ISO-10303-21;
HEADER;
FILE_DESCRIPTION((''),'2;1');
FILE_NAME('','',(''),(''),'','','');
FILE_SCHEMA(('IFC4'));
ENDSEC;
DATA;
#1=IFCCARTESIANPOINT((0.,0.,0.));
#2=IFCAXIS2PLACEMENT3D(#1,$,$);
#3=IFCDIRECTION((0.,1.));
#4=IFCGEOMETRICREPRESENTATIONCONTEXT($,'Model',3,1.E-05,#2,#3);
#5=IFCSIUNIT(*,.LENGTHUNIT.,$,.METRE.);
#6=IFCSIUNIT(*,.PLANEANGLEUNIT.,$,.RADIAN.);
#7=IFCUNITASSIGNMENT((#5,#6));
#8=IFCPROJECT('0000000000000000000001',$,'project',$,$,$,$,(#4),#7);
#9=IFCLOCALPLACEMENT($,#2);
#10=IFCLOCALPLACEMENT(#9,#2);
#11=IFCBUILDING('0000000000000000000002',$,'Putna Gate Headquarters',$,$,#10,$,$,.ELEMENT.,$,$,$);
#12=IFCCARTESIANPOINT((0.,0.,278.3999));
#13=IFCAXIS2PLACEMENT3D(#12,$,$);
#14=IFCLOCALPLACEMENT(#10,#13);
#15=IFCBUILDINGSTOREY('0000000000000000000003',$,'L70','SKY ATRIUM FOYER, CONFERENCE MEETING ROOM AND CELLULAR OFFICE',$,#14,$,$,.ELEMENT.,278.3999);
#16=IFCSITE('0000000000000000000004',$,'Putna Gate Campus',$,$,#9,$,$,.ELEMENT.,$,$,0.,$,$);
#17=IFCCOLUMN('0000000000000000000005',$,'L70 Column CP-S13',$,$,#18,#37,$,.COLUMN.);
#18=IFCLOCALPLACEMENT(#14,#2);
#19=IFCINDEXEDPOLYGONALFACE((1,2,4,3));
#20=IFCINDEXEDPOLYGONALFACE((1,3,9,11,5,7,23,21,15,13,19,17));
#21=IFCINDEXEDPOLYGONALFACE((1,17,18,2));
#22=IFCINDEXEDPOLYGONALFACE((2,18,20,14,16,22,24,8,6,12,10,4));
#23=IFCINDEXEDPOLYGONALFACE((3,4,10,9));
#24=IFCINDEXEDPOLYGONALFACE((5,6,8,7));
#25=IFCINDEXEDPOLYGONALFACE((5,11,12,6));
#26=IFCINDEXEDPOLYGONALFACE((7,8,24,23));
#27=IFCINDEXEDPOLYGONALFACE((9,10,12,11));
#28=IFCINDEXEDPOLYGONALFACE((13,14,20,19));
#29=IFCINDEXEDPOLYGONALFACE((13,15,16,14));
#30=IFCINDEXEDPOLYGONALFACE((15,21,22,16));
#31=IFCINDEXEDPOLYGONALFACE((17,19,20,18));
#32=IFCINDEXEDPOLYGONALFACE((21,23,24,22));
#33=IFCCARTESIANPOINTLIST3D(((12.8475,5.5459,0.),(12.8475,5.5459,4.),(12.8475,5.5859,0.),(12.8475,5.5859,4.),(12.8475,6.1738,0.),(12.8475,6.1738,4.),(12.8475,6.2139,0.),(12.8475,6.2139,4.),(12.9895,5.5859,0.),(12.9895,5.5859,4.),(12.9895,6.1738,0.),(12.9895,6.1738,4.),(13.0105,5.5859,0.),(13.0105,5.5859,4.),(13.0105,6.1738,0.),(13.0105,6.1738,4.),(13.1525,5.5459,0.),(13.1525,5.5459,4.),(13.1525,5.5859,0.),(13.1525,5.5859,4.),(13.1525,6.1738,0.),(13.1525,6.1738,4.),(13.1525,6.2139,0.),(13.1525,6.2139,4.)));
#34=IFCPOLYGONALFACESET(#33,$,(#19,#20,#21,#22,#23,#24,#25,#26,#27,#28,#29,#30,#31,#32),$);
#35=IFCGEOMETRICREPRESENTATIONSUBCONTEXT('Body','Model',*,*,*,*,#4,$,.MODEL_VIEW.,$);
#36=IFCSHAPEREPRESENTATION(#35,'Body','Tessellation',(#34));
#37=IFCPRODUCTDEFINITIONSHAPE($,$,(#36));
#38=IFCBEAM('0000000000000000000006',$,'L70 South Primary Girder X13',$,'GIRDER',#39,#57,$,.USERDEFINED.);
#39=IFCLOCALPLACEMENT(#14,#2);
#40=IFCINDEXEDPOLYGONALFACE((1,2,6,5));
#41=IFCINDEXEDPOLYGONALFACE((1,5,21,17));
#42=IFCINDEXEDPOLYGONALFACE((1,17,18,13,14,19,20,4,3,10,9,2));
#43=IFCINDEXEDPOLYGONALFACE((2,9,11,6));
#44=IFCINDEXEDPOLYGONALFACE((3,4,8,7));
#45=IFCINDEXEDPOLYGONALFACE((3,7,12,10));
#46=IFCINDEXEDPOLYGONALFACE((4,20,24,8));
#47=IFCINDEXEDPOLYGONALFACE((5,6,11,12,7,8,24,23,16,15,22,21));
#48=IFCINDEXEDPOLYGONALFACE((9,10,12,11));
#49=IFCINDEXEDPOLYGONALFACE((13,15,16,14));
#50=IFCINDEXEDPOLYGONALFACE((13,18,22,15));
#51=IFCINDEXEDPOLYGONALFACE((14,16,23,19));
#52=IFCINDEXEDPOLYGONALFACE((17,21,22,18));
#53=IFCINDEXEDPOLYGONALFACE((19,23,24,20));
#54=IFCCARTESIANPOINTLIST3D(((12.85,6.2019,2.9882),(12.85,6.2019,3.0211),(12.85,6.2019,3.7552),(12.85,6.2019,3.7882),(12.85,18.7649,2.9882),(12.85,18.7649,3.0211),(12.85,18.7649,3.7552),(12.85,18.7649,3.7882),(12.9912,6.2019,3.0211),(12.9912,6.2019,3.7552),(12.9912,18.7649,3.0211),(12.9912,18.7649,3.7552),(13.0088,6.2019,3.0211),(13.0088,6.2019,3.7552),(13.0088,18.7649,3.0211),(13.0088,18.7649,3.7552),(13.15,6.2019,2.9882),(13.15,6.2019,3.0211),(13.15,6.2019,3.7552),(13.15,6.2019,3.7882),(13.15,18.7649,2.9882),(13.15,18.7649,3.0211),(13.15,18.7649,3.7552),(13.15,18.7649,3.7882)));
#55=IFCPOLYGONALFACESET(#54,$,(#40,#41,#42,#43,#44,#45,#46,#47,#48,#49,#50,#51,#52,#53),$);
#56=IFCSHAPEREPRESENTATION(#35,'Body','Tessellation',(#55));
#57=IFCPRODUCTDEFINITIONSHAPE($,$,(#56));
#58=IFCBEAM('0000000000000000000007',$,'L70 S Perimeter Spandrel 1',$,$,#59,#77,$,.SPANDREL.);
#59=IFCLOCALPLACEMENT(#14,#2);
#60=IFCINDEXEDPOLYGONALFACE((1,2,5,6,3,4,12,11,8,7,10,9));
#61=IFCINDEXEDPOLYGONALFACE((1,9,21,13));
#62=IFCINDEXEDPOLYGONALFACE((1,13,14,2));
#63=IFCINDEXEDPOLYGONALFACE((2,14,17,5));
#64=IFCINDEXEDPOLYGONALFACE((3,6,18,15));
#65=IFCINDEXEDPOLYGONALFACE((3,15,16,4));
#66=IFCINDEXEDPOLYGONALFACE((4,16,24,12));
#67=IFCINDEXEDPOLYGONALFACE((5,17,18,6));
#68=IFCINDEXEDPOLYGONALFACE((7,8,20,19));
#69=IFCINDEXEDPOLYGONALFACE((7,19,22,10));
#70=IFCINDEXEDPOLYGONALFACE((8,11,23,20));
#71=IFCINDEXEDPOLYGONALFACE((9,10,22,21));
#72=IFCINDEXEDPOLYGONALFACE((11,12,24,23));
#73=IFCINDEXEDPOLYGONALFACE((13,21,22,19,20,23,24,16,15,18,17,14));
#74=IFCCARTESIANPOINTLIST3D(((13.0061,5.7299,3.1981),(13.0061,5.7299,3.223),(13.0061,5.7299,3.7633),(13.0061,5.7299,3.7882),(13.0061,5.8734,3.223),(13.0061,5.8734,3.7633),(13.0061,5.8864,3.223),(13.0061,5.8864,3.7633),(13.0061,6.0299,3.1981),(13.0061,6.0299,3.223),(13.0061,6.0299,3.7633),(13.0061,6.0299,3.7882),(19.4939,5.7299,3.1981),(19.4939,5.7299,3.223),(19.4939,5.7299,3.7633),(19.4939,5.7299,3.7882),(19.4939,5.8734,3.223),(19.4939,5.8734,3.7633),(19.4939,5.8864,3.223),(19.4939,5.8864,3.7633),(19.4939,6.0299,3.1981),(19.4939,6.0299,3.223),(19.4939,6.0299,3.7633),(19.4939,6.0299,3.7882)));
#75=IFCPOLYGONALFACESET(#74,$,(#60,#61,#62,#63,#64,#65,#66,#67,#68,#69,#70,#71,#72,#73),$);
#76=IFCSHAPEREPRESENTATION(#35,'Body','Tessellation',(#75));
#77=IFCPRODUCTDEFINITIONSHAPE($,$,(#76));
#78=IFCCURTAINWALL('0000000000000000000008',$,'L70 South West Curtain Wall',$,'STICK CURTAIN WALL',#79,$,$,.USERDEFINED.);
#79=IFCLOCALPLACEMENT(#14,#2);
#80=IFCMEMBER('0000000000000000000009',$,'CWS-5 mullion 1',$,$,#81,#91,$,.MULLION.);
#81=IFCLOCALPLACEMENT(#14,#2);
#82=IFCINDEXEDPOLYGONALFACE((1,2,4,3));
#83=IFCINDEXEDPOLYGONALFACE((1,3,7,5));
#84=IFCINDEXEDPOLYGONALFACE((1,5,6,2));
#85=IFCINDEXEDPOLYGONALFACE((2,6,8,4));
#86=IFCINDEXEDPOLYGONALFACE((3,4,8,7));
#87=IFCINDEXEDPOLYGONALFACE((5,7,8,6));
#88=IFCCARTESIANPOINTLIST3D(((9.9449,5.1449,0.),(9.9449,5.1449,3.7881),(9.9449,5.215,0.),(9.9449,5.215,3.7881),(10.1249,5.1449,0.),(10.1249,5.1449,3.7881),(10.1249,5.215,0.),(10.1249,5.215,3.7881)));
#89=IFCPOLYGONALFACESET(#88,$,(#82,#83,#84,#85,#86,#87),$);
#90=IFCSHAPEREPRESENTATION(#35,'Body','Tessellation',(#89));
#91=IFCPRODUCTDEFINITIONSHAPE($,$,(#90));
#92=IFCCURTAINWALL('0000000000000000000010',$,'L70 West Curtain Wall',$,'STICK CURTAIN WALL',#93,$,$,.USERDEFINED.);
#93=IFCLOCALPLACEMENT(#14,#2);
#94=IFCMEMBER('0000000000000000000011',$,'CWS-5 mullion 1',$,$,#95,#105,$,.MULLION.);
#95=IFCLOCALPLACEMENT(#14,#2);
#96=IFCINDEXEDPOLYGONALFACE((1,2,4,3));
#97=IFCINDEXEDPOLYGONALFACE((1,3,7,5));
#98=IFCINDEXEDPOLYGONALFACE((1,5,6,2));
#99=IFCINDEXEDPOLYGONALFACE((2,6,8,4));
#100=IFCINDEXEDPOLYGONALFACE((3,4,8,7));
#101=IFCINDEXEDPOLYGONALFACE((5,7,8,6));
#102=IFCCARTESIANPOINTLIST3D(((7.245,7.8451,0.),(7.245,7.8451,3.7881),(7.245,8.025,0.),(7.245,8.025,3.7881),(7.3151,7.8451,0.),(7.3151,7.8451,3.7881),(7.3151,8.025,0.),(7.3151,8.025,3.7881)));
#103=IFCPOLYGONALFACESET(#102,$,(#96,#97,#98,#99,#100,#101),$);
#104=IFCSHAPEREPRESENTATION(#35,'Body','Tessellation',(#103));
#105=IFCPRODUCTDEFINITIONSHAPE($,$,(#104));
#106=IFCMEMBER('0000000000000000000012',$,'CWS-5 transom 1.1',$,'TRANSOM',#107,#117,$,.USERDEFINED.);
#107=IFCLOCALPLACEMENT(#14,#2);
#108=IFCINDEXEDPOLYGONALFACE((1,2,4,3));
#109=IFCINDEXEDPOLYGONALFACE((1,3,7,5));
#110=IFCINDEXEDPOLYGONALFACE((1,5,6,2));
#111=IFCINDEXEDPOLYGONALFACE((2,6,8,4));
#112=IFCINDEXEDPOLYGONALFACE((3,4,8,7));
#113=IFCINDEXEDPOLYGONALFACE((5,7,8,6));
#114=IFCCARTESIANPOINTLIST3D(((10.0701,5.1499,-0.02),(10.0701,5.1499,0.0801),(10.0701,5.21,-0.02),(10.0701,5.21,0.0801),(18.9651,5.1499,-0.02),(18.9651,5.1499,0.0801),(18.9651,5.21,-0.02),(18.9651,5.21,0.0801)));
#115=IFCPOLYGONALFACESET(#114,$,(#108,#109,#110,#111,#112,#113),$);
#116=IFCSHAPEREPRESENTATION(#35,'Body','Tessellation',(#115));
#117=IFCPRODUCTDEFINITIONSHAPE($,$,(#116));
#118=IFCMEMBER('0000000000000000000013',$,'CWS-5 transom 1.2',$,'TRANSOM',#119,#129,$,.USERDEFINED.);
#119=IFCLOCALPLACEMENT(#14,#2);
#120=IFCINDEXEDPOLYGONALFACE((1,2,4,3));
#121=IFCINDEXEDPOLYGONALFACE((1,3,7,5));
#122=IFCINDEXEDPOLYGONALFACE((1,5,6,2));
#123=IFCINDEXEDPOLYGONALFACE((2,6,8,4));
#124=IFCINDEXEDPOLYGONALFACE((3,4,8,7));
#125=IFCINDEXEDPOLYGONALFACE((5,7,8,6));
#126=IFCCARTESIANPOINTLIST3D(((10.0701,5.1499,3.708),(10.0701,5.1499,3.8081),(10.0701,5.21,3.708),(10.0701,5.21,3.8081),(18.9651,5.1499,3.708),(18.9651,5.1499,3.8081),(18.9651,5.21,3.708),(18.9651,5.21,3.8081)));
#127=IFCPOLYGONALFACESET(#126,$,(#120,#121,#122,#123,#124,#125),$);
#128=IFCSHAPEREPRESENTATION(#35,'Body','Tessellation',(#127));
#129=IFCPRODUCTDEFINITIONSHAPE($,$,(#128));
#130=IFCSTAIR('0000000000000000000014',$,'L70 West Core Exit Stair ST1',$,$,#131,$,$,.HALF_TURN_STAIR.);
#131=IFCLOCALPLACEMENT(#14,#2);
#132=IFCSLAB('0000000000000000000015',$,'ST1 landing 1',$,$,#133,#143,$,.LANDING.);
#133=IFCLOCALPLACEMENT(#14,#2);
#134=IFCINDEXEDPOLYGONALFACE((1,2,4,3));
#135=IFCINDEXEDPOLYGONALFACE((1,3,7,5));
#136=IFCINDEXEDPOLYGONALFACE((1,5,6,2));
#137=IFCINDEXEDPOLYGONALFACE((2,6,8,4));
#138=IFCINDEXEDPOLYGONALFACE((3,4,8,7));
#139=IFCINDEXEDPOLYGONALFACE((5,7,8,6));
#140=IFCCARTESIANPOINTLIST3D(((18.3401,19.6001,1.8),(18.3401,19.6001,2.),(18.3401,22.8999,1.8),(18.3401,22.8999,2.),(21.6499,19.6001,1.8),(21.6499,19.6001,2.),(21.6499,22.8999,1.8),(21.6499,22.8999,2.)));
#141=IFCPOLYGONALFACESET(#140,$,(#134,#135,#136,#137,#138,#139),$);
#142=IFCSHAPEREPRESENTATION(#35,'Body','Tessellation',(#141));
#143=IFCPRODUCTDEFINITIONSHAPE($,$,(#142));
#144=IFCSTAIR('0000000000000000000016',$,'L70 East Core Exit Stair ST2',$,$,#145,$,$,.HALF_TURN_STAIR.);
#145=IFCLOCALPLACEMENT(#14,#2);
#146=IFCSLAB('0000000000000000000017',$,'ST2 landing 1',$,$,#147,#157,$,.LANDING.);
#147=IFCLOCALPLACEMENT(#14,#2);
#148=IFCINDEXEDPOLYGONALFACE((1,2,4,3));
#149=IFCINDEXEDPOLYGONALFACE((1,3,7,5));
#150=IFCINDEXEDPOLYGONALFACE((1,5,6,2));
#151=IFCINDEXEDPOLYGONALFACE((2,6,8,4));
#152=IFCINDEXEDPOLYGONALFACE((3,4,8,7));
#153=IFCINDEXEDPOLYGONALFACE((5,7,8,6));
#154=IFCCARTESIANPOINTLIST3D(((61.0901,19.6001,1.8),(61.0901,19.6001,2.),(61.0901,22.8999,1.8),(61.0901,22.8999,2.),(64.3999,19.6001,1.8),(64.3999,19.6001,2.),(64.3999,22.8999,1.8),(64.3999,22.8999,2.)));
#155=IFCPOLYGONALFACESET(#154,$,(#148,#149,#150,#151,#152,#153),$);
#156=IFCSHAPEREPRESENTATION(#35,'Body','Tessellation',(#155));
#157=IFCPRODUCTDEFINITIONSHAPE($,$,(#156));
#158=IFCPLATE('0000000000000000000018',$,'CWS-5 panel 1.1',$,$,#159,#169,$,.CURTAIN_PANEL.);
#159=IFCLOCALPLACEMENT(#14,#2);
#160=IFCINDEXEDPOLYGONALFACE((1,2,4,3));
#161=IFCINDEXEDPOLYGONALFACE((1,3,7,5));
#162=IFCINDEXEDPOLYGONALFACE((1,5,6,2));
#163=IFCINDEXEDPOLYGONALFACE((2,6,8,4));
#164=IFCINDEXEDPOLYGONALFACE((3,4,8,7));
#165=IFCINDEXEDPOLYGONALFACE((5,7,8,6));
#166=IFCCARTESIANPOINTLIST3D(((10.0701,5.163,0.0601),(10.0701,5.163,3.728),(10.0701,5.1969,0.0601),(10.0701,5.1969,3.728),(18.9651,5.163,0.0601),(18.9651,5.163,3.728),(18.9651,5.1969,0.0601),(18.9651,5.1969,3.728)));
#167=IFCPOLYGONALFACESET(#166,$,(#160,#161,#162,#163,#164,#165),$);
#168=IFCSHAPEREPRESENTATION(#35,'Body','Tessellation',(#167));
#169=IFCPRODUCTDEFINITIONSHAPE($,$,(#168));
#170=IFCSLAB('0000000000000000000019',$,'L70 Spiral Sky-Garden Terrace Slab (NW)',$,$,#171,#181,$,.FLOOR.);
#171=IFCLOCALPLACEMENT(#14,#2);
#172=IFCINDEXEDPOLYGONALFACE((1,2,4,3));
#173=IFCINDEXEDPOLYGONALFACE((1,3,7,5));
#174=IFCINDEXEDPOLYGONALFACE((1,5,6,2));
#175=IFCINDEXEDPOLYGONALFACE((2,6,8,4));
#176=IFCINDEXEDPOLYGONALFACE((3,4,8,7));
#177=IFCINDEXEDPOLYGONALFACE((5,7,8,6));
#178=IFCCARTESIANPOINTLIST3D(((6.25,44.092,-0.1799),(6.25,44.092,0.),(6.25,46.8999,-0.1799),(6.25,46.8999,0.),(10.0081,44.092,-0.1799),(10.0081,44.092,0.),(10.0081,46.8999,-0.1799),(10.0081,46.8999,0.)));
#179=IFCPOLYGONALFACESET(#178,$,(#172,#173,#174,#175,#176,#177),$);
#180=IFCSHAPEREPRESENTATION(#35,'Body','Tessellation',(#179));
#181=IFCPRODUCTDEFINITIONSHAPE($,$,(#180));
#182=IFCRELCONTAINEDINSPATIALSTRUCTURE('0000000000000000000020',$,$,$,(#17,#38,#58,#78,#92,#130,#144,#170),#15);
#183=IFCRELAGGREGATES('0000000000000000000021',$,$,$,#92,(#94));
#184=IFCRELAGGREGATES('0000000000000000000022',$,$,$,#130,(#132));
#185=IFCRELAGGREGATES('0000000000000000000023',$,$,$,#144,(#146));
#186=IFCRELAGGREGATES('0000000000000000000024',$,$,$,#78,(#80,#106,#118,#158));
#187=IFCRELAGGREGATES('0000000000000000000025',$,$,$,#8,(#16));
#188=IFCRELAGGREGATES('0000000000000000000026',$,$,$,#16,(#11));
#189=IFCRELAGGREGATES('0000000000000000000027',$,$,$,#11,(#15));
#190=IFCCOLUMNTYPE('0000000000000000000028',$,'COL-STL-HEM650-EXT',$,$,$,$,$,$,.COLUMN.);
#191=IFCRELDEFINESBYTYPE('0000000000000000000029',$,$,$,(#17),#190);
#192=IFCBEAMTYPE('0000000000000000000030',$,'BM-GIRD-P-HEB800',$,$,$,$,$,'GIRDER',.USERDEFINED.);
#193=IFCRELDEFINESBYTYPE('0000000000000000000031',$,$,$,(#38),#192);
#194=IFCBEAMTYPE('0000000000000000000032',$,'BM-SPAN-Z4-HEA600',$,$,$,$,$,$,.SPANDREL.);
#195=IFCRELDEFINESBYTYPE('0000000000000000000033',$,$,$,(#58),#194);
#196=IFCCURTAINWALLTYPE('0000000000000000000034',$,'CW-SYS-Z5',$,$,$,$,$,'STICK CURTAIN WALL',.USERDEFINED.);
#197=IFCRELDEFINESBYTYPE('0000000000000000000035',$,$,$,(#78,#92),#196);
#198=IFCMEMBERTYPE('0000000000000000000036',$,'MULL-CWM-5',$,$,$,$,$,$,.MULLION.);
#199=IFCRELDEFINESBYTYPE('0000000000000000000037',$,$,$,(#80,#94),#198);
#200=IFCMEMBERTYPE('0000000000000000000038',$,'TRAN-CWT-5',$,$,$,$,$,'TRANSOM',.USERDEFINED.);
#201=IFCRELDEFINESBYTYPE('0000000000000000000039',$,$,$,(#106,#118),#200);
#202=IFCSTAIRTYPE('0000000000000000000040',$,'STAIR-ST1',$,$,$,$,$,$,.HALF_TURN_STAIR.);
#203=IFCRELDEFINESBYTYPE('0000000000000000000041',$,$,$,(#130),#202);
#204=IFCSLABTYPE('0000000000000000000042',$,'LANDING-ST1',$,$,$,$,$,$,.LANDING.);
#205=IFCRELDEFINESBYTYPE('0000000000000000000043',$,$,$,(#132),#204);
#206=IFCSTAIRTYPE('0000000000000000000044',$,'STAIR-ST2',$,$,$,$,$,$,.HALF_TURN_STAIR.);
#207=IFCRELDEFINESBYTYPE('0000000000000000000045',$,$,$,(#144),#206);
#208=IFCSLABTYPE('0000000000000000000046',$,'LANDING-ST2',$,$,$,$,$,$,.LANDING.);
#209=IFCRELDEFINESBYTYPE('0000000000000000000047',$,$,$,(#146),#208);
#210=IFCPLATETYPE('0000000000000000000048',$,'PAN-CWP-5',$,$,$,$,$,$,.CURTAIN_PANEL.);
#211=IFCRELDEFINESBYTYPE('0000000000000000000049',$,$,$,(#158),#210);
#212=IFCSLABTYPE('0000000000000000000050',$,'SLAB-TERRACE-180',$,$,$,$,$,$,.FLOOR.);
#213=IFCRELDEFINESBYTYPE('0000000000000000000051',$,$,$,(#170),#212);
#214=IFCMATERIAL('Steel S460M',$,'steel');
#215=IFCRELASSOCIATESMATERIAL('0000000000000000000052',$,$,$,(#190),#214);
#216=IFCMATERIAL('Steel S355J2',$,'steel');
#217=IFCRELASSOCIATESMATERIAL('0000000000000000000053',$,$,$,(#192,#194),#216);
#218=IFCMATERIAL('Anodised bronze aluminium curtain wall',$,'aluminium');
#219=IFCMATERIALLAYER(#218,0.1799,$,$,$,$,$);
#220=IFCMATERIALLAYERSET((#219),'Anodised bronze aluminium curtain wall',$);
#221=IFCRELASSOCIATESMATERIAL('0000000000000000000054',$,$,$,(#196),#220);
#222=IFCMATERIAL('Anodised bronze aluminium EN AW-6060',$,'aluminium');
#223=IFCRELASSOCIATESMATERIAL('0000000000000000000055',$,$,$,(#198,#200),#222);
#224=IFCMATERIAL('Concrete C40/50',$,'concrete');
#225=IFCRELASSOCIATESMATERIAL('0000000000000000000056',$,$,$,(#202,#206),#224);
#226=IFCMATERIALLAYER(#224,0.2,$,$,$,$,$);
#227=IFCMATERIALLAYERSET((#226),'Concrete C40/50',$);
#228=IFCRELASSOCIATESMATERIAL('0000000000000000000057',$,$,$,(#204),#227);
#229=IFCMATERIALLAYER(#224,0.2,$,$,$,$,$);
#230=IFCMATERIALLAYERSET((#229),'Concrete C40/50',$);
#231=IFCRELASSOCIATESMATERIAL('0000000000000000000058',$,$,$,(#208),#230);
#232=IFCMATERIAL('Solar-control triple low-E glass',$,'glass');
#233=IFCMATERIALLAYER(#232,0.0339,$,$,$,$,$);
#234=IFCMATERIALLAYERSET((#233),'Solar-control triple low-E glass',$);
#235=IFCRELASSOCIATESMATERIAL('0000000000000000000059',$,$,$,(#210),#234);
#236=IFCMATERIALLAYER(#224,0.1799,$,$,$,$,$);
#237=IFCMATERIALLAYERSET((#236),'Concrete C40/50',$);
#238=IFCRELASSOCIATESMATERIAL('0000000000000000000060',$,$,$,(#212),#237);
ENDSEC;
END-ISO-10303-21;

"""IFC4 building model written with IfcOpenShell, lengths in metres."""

from ifc_helpers import new_model, si_unit, direction, frame, origin, origin_2d, place, context, subcontext, project, spatial, polyline, rectangle, i_section, outline, extrude, material, layer, layer_set, material_profile, profile_set, type_object, element, aggregate, save


model = new_model("IFC4")

# Units and contexts
model_context = context("Model", 3, precision=1e-05, world=origin(), true_north=direction((0.0, 1.0)))
body_context = subcontext(model_context, "Body", "Model", "MODEL_VIEW")
ifc_project = project(units=[si_unit("LENGTHUNIT", "METRE"), si_unit("PLANEANGLEUNIT", "RADIAN")], contexts=[model_context])

# Site, building, storey
site_placement = place(None, origin())
site = spatial("IfcSite", under=ifc_project, at=site_placement, Name="Putna Gate Campus", CompositionType="ELEMENT", RefElevation=0.0)
building_placement = place(site_placement, origin())
building = spatial("IfcBuilding", under=site, at=building_placement, Name="Putna Gate Headquarters", CompositionType="ELEMENT")
storey_placement = place(building_placement, frame((0.0, 0.0, 278.3999)))
storey = spatial("IfcBuildingStorey", under=building, at=storey_placement, Name="L70", Description="SKY ATRIUM FOYER, CONFERENCE MEETING ROOM AND CELLULAR OFFICE", CompositionType="ELEMENT", Elevation=278.3999)

# Column
ifc_material_1 = material(Name="Steel S460M", Category="steel")
ifc_material_profile_1 = material_profile(ifc_material_1, i_section(OverallWidth=0.3049, OverallDepth=0.668, WebThickness=0.021, FlangeThickness=0.04, at=origin_2d()), Name="Steel S460M")
ifc_profile_set_1 = profile_set([ifc_material_profile_1], Name="Steel S460M")
column_type = type_object("IfcColumnType", Name="COL-STL-HEM650-EXT", PredefinedType="COLUMN", material=ifc_profile_set_1)
column_placement = place(storey_placement, frame((13.0, 5.8799, 0.0), z_axis=(0.0, 0.0, 1.0), x_axis=(1.0, 0.0, 0.0)))
element("IfcColumn", 1, at=column_placement, inside=storey, type_object=column_type, Name="L70 Column CP-S13", PredefinedType="COLUMN", context=body_context, shape_type="SweptSolid", body=[
    extrude(i_section(OverallWidth=0.3049, OverallDepth=0.668, WebThickness=0.021, FlangeThickness=0.04, at=origin_2d()), origin(), (0.0, 0.0, 1.0), 4.0),
])

# Beams
ifc_material_2 = material(Name="Steel S355J2", Category="steel")
ifc_material_profile_2 = material_profile(ifc_material_2, i_section(OverallWidth=0.3, OverallDepth=0.8, WebThickness=0.0176, FlangeThickness=0.033, at=origin_2d()), Name="Steel S355J2")
ifc_profile_set_2 = profile_set([ifc_material_profile_2], Name="Steel S355J2")
beam_type_1 = type_object("IfcBeamType", Name="BM-GIRD-P-HEB800", ElementType="GIRDER", PredefinedType="USERDEFINED", material=ifc_profile_set_2)
beam_1_placement = place(storey_placement, frame((13.0, 6.2019, 3.3882), z_axis=(0.0, 1.0, 0.0), x_axis=(-1.0, 0.0, 0.0)))
element("IfcBeam", 2, at=beam_1_placement, inside=storey, type_object=beam_type_1, Name="L70 South Primary Girder X13", ObjectType="GIRDER", PredefinedType="USERDEFINED", context=body_context, shape_type="SweptSolid", body=[
    extrude(i_section(OverallWidth=0.3, OverallDepth=0.8, WebThickness=0.0176, FlangeThickness=0.033, at=origin_2d()), origin(), (0.0, 0.0, 1.0), 12.563),
])
ifc_material_profile_3 = material_profile(ifc_material_2, i_section(OverallWidth=0.3, OverallDepth=0.5901, WebThickness=0.0129, FlangeThickness=0.0249, at=origin_2d()), Name="Steel S355J2")
ifc_profile_set_3 = profile_set([ifc_material_profile_3], Name="Steel S355J2")
beam_type_2 = type_object("IfcBeamType", Name="BM-SPAN-Z4-HEA600", PredefinedType="SPANDREL", material=ifc_profile_set_3)
beam_2_placement = place(storey_placement, frame((13.0061, 5.8799, 3.4932), z_axis=(1.0, 0.0, 0.0), x_axis=(0.0, 1.0, 0.0)))
element("IfcBeam", 3, at=beam_2_placement, inside=storey, type_object=beam_type_2, Name="L70 S Perimeter Spandrel 1", PredefinedType="SPANDREL", context=body_context, shape_type="SweptSolid", body=[
    extrude(i_section(OverallWidth=0.3, OverallDepth=0.5901, WebThickness=0.0129, FlangeThickness=0.0249, at=origin_2d()), origin(), (0.0, 0.0, 1.0), 6.4878),
])

# Curtain walls, members
ifc_material_3 = material(Name="Anodised bronze aluminium curtain wall", Category="aluminium")
ifc_layer_1 = layer(ifc_material_3, 0.1799)
ifc_layer_set_1 = layer_set([ifc_layer_1], Name="Anodised bronze aluminium curtain wall")
curtain_wall_type = type_object("IfcCurtainWallType", Name="CW-SYS-Z5", ElementType="STICK CURTAIN WALL", PredefinedType="USERDEFINED", material=ifc_layer_set_1)
curtain_wall_1_placement = place(storey_placement, origin())
curtain_wall_1 = element("IfcCurtainWall", 4, at=curtain_wall_1_placement, inside=storey, type_object=curtain_wall_type, Name="L70 South West Curtain Wall", ObjectType="STICK CURTAIN WALL", PredefinedType="USERDEFINED")
ifc_material_4 = material(Name="Anodised bronze aluminium EN AW-6060", Category="aluminium")
ifc_material_profile_4 = material_profile(ifc_material_4, rectangle(XDim=0.0701, YDim=0.1799, at=origin_2d()), Name="Anodised bronze aluminium EN AW-6060")
ifc_profile_set_4 = profile_set([ifc_material_profile_4], Name="Anodised bronze aluminium EN AW-6060")
member_type_1 = type_object("IfcMemberType", Name="MULL-CWM-5", PredefinedType="MULLION", material=ifc_profile_set_4)
member_1_placement = place(storey_placement, frame((10.0349, 5.1799, 0.0), z_axis=(0.0, 0.0, 1.0), x_axis=(0.0, 1.0, 0.0)))
member_1 = element("IfcMember", 5, at=member_1_placement, type_object=member_type_1, Name="CWS-5 mullion 1", PredefinedType="MULLION", context=body_context, shape_type="SweptSolid", body=[
    extrude(rectangle(XDim=0.0701, YDim=0.1799, at=origin_2d()), origin(), (0.0, 0.0, 1.0), 3.7881),
])
curtain_wall_2_placement = place(storey_placement, origin())
curtain_wall_2 = element("IfcCurtainWall", 6, at=curtain_wall_2_placement, inside=storey, type_object=curtain_wall_type, Name="L70 West Curtain Wall", ObjectType="STICK CURTAIN WALL", PredefinedType="USERDEFINED")
member_2_placement = place(storey_placement, frame((7.28, 7.9351, 0.0), z_axis=(0.0, 0.0, 1.0), x_axis=(-1.0, 0.0, 0.0)))
member_2 = element("IfcMember", 7, at=member_2_placement, type_object=member_type_1, Name="CWS-5 mullion 1", PredefinedType="MULLION", context=body_context, shape_type="SweptSolid", body=[
    extrude(rectangle(XDim=0.0701, YDim=0.1799, at=origin_2d()), origin(), (0.0, 0.0, 1.0), 3.7881),
])
aggregate(curtain_wall_2, [member_2])

# Members
ifc_material_profile_5 = material_profile(ifc_material_4, rectangle(XDim=0.0601, YDim=0.1001, at=origin_2d()), Name="Anodised bronze aluminium EN AW-6060")
ifc_profile_set_5 = profile_set([ifc_material_profile_5], Name="Anodised bronze aluminium EN AW-6060")
member_type_2 = type_object("IfcMemberType", Name="TRAN-CWT-5", ElementType="TRANSOM", PredefinedType="USERDEFINED", material=ifc_profile_set_5)
member_3_placement = place(storey_placement, frame((10.0701, 5.1799, 0.03), z_axis=(1.0, 0.0, 0.0), x_axis=(0.0, 1.0, 0.0)))
member_3 = element("IfcMember", 8, at=member_3_placement, type_object=member_type_2, Name="CWS-5 transom 1.1", ObjectType="TRANSOM", PredefinedType="USERDEFINED", context=body_context, shape_type="SweptSolid", body=[
    extrude(rectangle(XDim=0.0601, YDim=0.1001, at=origin_2d()), origin(), (0.0, 0.0, 1.0), 8.895),
])
member_4_placement = place(storey_placement, frame((10.0701, 5.1799, 3.7581), z_axis=(1.0, 0.0, 0.0), x_axis=(0.0, 1.0, 0.0)))
member_4 = element("IfcMember", 9, at=member_4_placement, type_object=member_type_2, Name="CWS-5 transom 1.2", ObjectType="TRANSOM", PredefinedType="USERDEFINED", context=body_context, shape_type="SweptSolid", body=[
    extrude(rectangle(XDim=0.0601, YDim=0.1001, at=origin_2d()), origin(), (0.0, 0.0, 1.0), 8.895),
])

# Stairs, slabs
ifc_material_5 = material(Name="Concrete C40/50", Category="concrete")
stair_type_1 = type_object("IfcStairType", Name="STAIR-ST1", PredefinedType="HALF_TURN_STAIR", material=ifc_material_5)
stair_1_placement = place(storey_placement, origin())
stair_1 = element("IfcStair", 10, at=stair_1_placement, inside=storey, type_object=stair_type_1, Name="L70 West Core Exit Stair ST1", PredefinedType="HALF_TURN_STAIR")
ifc_layer_2 = layer(ifc_material_5, 0.2)
ifc_layer_set_2 = layer_set([ifc_layer_2], Name="Concrete C40/50")
slab_type_1 = type_object("IfcSlabType", Name="LANDING-ST1", PredefinedType="LANDING", material=ifc_layer_set_2)
slab_1_placement = place(storey_placement, frame((0.0, 0.0, 1.8)))
slab_1 = element("IfcSlab", 11, at=slab_1_placement, type_object=slab_type_1, Name="ST1 landing 1", PredefinedType="LANDING", context=body_context, shape_type="SweptSolid", body=[
    extrude(outline(polyline([(18.3401, 19.6001), (21.6499, 19.6001), (21.6499, 22.8999), (18.3401, 22.8999), (18.3401, 19.6001)])), origin(), (0.0, 0.0, 1.0), 0.2),
])
aggregate(stair_1, [slab_1])
stair_type_2 = type_object("IfcStairType", Name="STAIR-ST2", PredefinedType="HALF_TURN_STAIR", material=ifc_material_5)
stair_2_placement = place(storey_placement, origin())
stair_2 = element("IfcStair", 12, at=stair_2_placement, inside=storey, type_object=stair_type_2, Name="L70 East Core Exit Stair ST2", PredefinedType="HALF_TURN_STAIR")
ifc_layer_3 = layer(ifc_material_5, 0.2)
ifc_layer_set_3 = layer_set([ifc_layer_3], Name="Concrete C40/50")
slab_type_2 = type_object("IfcSlabType", Name="LANDING-ST2", PredefinedType="LANDING", material=ifc_layer_set_3)
slab_2_placement = place(storey_placement, frame((0.0, 0.0, 1.8)))
slab_2 = element("IfcSlab", 13, at=slab_2_placement, type_object=slab_type_2, Name="ST2 landing 1", PredefinedType="LANDING", context=body_context, shape_type="SweptSolid", body=[
    extrude(outline(polyline([(61.0901, 19.6001), (64.3999, 19.6001), (64.3999, 22.8999), (61.0901, 22.8999), (61.0901, 19.6001)])), origin(), (0.0, 0.0, 1.0), 0.2),
])
aggregate(stair_2, [slab_2])

# Plate
ifc_material_6 = material(Name="Solar-control triple low-E glass", Category="glass")
ifc_layer_4 = layer(ifc_material_6, 0.0339)
ifc_layer_set_4 = layer_set([ifc_layer_4], Name="Solar-control triple low-E glass")
plate_type = type_object("IfcPlateType", Name="PAN-CWP-5", PredefinedType="CURTAIN_PANEL", material=ifc_layer_set_4)
plate_placement = place(storey_placement, frame((14.5176, 5.1799, 0.0601), z_axis=(0.0, 0.0, 1.0), x_axis=(1.0, 0.0, 0.0)))
plate = element("IfcPlate", 14, at=plate_placement, type_object=plate_type, Name="CWS-5 panel 1.1", PredefinedType="CURTAIN_PANEL", context=body_context, shape_type="SweptSolid", body=[
    extrude(rectangle(XDim=8.895, YDim=0.0339, at=origin_2d()), origin(), (0.0, 0.0, 1.0), 3.668),
])
aggregate(curtain_wall_1, [member_1, member_3, member_4, plate])

# Slab
ifc_layer_5 = layer(ifc_material_5, 0.1799)
ifc_layer_set_5 = layer_set([ifc_layer_5], Name="Concrete C40/50")
slab_type_3 = type_object("IfcSlabType", Name="SLAB-TERRACE-180", PredefinedType="FLOOR", material=ifc_layer_set_5)
slab_3_placement = place(storey_placement, frame((0.0, 0.0, -0.1799)))
element("IfcSlab", 15, at=slab_3_placement, inside=storey, type_object=slab_type_3, Name="L70 Spiral Sky-Garden Terrace Slab (NW)", PredefinedType="FLOOR", context=body_context, shape_type="SweptSolid", body=[
    extrude(outline(polyline([(6.25, 44.092), (10.0081, 44.092), (10.0081, 46.8999), (6.25, 46.8999), (6.25, 44.092)])), origin(), (0.0, 0.0, 1.0), 0.1799),
])

save(model, "model.ifc")
